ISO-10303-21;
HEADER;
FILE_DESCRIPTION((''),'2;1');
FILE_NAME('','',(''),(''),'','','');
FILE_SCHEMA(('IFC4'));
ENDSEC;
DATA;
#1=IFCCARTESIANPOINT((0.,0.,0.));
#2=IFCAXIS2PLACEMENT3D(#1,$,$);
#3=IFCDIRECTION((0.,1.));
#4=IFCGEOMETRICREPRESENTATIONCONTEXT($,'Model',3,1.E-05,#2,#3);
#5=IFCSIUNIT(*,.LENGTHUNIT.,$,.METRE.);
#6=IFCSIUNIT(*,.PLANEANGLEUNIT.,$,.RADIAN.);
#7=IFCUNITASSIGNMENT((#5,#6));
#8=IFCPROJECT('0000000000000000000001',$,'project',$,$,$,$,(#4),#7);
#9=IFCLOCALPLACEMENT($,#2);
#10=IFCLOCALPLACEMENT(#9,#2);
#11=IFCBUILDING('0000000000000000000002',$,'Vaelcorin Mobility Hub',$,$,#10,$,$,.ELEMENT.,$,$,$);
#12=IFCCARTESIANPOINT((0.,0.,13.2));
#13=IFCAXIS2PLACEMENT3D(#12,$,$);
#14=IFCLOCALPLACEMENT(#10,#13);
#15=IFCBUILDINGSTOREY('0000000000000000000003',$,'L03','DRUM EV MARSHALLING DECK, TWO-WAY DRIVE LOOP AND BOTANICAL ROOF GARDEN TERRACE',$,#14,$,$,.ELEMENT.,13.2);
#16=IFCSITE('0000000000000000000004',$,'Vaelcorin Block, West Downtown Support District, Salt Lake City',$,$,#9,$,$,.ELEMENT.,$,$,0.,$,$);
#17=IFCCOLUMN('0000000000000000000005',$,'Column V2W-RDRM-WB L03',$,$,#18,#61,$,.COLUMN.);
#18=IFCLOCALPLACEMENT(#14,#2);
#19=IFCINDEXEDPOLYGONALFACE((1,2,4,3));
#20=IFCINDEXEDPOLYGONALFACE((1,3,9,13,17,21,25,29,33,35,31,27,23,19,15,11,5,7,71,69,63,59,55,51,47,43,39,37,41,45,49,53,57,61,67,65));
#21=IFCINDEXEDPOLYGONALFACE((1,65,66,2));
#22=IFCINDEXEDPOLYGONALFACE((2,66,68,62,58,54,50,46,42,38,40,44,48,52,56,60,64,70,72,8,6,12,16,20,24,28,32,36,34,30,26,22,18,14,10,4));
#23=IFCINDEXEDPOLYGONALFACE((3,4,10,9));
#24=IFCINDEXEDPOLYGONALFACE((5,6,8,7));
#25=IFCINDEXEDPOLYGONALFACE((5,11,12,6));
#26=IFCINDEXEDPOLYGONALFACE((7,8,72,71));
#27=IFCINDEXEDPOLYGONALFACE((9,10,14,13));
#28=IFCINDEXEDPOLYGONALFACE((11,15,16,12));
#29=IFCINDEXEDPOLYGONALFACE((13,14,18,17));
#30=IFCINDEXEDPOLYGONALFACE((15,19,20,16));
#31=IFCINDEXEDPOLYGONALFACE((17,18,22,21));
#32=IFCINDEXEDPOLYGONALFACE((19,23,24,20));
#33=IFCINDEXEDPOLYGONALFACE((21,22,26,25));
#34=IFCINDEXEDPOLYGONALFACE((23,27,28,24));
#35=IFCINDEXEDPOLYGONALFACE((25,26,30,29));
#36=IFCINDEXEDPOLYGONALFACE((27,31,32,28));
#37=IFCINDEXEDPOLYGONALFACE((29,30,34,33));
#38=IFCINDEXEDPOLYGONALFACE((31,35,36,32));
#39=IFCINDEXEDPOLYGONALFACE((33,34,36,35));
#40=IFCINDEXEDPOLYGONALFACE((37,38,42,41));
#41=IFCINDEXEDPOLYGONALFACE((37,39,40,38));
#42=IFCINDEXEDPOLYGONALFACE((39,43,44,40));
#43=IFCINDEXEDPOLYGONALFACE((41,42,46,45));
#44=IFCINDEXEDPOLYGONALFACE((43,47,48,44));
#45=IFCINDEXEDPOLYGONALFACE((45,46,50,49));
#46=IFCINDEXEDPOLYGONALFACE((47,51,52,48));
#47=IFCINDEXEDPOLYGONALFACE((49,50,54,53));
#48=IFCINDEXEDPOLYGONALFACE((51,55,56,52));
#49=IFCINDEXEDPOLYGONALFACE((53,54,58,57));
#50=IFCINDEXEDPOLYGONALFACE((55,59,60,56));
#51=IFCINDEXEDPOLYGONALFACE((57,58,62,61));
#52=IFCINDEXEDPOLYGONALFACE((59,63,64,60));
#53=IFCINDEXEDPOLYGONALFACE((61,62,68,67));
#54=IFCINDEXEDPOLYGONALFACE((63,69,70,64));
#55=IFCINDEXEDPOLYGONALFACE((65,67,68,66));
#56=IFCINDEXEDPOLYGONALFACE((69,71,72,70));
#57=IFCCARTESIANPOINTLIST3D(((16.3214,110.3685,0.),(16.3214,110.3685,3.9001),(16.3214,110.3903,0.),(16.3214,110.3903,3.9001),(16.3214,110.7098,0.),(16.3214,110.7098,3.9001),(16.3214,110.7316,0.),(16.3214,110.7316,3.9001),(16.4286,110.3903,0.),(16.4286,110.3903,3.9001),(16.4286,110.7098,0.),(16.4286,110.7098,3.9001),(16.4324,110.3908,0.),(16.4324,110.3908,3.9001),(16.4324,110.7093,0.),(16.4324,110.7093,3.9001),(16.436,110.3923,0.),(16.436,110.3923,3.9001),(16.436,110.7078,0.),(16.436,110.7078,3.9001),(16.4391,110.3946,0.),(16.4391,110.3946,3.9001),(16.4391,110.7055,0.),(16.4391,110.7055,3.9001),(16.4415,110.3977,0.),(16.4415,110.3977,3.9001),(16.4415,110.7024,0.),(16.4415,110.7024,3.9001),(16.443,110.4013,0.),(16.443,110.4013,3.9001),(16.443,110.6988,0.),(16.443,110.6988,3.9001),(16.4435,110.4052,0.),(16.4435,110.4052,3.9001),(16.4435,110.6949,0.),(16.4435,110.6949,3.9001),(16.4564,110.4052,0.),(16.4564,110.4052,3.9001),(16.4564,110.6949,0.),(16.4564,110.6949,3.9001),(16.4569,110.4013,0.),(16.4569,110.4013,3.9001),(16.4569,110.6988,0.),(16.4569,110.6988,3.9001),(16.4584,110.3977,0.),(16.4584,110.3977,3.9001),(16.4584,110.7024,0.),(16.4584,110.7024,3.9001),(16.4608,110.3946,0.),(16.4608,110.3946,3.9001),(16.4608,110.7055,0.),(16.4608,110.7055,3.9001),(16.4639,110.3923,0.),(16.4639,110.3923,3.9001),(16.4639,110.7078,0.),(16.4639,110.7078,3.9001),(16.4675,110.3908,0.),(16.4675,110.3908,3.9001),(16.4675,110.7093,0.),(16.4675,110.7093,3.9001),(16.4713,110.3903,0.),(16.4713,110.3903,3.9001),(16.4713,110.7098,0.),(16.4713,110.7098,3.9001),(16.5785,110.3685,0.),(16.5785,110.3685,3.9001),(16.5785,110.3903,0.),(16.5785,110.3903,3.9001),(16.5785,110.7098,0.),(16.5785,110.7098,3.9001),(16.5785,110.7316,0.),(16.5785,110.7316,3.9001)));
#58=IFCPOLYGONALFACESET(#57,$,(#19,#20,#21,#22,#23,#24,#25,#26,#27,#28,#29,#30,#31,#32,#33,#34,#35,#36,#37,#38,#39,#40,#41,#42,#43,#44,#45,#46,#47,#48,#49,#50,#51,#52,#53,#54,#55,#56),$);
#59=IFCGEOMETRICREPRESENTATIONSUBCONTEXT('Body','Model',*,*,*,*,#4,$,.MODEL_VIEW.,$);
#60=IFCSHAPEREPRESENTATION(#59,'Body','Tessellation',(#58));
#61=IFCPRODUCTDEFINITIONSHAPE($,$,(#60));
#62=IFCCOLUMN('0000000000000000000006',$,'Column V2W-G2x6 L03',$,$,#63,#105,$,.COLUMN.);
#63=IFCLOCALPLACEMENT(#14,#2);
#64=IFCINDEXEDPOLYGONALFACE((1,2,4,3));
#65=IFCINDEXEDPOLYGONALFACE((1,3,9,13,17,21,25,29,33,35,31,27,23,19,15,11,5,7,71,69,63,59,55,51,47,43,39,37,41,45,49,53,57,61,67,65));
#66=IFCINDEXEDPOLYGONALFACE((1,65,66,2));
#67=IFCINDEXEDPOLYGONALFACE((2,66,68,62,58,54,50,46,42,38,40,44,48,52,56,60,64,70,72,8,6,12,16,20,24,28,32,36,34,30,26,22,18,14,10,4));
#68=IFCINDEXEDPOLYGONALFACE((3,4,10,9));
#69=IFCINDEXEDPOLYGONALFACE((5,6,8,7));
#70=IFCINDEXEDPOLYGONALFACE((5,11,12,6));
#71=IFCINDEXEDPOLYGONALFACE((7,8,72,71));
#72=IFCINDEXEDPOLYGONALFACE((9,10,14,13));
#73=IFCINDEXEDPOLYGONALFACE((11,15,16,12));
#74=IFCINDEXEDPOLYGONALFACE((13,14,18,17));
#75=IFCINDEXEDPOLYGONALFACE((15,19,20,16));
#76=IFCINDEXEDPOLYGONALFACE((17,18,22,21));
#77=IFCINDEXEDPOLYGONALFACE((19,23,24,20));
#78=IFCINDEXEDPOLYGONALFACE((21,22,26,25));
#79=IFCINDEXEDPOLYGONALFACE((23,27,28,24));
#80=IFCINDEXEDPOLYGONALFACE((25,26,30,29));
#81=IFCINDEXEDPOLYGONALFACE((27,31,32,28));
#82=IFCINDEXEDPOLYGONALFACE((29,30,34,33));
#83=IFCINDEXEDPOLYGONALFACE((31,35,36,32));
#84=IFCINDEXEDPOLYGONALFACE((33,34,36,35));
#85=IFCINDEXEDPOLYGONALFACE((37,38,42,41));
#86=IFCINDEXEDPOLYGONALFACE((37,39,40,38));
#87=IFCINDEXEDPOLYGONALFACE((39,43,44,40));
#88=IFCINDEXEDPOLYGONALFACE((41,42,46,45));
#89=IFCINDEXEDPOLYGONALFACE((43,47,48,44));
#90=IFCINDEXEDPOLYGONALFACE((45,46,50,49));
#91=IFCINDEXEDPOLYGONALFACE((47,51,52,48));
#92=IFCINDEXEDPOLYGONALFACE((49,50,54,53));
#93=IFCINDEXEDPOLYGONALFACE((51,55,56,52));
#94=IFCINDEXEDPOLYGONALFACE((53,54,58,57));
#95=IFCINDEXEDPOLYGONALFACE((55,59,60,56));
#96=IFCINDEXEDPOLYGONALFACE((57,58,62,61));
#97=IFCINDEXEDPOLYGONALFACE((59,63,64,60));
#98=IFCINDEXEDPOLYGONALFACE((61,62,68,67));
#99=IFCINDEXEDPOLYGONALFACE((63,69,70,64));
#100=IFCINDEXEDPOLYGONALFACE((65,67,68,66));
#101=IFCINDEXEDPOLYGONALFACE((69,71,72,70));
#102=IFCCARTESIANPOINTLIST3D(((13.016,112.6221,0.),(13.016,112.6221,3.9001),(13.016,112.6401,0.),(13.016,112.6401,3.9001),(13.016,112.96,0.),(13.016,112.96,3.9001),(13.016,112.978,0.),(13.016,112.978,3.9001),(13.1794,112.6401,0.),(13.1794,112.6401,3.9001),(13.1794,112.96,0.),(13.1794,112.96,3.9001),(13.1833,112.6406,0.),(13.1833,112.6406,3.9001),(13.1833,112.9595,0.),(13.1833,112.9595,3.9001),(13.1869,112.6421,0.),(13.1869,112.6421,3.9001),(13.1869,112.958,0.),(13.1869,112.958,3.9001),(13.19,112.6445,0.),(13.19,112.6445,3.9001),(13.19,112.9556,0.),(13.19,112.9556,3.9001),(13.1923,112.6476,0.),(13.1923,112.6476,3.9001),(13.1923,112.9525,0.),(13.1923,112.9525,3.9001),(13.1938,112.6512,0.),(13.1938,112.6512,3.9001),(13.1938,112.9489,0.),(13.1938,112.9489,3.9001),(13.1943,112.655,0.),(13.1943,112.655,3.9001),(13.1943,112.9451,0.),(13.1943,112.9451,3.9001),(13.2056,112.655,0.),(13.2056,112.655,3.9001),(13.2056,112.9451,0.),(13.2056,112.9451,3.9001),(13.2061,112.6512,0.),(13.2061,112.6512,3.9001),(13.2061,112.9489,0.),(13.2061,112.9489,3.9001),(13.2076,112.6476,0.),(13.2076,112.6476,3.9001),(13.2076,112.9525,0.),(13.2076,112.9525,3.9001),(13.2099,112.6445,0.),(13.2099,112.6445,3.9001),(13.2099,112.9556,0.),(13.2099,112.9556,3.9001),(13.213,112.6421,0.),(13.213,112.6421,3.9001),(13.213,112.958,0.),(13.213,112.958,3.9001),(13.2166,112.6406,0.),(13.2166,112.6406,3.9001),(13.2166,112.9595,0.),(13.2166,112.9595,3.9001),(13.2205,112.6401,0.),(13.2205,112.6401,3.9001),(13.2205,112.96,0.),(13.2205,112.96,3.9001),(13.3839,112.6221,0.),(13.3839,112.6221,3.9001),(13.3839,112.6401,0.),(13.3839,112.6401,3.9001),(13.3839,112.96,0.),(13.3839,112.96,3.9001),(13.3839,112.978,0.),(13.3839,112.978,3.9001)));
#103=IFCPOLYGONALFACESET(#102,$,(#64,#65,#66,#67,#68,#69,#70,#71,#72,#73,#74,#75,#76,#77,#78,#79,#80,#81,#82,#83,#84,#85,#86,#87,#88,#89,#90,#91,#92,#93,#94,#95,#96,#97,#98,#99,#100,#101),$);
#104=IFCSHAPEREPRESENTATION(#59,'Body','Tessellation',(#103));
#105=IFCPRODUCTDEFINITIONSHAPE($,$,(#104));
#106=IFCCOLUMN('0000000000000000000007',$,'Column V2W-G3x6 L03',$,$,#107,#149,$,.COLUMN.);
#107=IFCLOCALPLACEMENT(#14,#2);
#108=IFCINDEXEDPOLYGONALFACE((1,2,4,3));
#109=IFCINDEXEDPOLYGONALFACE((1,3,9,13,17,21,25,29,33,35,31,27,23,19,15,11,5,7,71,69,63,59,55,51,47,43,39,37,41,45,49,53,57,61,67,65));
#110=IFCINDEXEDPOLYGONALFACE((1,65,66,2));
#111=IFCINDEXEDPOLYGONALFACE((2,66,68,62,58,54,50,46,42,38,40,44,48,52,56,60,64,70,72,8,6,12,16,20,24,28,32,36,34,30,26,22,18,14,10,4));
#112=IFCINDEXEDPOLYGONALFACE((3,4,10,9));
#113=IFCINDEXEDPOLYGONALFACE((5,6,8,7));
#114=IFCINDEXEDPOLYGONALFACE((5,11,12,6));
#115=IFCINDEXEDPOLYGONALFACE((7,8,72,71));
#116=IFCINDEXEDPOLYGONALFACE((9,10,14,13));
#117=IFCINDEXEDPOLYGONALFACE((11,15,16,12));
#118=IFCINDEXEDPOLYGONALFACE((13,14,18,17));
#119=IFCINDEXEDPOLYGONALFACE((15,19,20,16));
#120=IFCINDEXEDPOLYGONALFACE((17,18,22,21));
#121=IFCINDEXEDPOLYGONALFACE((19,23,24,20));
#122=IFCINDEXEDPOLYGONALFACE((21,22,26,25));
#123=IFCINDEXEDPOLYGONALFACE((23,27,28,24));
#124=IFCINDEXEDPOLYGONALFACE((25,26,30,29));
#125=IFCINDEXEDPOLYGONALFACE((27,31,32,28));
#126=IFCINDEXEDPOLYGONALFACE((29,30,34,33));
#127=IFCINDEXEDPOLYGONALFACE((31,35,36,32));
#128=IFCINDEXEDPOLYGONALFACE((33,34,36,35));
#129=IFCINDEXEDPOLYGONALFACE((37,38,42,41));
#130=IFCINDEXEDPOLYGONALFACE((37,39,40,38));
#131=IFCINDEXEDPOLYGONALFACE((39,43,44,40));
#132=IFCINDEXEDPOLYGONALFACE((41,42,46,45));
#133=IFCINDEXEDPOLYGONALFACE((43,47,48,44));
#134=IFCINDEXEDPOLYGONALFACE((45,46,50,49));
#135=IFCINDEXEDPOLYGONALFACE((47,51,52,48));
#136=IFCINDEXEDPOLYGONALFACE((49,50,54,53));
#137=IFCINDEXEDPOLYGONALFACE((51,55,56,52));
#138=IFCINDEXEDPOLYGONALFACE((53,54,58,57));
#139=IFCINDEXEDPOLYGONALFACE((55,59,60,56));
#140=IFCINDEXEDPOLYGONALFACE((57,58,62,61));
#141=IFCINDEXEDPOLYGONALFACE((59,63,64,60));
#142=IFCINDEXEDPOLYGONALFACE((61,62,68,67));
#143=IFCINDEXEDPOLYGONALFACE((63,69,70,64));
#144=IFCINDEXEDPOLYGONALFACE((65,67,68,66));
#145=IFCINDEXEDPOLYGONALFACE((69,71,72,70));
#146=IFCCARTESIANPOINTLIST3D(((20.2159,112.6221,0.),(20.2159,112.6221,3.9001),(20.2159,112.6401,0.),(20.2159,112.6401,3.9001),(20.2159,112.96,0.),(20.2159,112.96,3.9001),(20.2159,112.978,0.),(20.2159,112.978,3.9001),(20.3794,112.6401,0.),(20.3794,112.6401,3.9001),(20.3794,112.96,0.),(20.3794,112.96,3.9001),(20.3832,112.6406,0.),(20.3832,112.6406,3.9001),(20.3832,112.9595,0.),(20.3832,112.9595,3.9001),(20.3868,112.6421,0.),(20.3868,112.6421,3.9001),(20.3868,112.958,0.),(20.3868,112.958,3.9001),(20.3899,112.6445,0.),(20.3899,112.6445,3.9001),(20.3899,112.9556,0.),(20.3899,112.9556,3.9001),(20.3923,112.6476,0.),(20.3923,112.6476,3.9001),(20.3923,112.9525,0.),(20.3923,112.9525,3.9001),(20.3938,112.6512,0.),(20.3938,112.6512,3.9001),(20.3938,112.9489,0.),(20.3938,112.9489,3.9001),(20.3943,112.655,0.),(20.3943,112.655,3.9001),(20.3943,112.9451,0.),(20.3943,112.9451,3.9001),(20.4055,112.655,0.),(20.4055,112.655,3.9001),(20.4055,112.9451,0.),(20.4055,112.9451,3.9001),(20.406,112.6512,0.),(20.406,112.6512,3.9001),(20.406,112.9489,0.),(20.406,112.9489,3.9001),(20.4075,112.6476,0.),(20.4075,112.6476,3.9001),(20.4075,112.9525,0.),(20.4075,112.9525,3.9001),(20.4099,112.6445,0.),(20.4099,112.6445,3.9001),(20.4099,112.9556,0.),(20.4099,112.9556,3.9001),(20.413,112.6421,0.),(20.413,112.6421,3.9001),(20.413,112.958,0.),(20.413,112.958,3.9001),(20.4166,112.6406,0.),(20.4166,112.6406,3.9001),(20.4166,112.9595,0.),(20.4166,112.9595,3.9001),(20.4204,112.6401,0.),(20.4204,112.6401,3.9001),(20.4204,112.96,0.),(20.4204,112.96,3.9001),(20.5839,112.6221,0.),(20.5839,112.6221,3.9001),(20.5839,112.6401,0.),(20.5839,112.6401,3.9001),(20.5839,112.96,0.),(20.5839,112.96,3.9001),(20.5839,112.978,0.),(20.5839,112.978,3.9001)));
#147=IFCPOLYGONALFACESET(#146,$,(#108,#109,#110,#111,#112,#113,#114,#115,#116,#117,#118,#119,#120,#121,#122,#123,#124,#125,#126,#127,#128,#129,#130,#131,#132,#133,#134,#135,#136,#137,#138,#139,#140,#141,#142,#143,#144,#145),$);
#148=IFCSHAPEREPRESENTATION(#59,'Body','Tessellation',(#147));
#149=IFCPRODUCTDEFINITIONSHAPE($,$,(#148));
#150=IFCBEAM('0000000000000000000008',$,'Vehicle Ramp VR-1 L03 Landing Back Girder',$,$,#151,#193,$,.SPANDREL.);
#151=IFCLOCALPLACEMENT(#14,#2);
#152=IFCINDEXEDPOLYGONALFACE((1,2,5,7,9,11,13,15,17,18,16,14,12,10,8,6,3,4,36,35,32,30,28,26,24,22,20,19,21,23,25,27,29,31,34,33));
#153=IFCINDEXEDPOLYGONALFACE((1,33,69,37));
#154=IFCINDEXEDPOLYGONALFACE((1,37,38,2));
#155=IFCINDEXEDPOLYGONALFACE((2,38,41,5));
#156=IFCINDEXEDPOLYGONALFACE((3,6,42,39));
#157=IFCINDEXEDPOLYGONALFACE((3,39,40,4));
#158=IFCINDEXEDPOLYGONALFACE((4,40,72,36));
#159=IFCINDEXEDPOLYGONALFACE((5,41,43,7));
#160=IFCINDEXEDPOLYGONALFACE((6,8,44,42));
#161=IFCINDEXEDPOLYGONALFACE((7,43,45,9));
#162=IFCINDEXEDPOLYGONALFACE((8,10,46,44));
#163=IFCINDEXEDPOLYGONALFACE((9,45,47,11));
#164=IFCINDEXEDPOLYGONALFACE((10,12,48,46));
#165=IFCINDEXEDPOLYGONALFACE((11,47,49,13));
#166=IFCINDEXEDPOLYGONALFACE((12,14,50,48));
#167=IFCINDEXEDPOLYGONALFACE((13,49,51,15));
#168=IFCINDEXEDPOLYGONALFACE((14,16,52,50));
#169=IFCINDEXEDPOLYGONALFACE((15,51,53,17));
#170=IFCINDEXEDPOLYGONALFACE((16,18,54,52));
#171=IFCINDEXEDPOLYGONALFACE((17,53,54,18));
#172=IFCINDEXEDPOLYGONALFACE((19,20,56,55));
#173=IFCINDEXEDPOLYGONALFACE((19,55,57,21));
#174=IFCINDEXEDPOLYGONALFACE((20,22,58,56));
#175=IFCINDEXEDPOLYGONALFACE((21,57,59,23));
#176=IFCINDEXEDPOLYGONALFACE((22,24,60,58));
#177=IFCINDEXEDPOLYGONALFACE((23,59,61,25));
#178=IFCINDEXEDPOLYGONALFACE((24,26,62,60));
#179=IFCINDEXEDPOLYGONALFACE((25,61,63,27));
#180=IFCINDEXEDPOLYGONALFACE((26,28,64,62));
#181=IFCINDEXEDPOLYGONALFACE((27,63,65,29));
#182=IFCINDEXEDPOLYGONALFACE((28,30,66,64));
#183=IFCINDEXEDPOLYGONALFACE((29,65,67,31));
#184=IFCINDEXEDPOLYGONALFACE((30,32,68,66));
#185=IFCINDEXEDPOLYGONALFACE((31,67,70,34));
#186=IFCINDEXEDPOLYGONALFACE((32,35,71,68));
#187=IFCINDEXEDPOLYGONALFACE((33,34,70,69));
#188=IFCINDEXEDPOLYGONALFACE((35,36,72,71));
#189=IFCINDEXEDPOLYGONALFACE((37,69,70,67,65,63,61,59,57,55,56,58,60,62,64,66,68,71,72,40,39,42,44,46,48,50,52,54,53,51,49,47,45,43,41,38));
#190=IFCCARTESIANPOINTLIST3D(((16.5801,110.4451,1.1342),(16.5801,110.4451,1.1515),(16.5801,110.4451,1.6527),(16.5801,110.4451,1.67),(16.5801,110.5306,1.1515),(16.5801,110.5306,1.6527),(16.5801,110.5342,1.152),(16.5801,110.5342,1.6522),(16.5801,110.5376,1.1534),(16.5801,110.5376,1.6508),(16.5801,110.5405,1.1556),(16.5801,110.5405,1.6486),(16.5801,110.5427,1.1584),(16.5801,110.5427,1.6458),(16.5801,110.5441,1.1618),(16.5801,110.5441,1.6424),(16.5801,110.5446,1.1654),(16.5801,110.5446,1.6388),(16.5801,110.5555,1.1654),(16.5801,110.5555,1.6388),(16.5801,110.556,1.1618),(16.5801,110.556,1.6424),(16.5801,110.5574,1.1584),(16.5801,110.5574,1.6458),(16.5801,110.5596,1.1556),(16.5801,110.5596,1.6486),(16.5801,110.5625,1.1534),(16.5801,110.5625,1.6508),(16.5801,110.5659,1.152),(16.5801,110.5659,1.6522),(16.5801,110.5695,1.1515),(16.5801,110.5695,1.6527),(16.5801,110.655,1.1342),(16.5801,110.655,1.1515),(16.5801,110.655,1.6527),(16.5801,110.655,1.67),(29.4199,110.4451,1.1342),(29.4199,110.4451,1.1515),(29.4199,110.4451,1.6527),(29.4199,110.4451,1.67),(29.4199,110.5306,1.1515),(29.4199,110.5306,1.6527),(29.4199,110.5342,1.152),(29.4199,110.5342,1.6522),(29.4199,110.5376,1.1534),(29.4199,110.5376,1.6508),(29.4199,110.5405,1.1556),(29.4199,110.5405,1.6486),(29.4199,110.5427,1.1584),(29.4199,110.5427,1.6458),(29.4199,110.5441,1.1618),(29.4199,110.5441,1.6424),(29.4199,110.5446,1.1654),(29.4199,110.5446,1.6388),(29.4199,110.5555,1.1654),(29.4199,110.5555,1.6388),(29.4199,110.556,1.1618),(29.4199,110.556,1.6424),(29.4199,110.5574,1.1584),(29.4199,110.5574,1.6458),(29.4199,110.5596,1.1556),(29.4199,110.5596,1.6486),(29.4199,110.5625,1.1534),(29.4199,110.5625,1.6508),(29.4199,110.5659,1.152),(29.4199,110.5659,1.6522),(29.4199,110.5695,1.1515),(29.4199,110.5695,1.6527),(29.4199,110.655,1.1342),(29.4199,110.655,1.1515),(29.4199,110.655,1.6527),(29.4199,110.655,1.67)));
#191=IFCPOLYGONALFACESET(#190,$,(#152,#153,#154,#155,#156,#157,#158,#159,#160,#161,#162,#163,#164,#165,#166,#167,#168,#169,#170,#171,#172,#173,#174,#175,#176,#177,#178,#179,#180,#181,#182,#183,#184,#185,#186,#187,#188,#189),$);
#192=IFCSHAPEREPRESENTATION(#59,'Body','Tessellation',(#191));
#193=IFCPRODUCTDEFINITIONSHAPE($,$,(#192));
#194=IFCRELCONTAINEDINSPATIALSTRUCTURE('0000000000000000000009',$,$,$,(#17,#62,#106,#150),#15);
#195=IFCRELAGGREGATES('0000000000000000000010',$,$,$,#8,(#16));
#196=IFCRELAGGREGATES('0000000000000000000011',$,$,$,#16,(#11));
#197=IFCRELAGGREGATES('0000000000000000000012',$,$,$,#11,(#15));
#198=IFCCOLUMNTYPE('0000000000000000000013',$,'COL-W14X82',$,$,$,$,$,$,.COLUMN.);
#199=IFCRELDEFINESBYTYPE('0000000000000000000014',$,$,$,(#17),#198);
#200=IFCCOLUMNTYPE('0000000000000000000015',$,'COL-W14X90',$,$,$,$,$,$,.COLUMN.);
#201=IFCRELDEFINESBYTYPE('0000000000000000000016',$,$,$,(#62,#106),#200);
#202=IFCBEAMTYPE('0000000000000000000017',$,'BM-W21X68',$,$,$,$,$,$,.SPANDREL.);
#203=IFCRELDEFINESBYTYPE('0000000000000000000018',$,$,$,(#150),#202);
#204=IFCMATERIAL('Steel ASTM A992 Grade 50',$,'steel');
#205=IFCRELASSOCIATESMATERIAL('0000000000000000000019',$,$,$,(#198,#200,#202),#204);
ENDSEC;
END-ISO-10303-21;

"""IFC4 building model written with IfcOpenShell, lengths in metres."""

from ifc_helpers import new_model, si_unit, direction, frame, origin, origin_2d, place, context, subcontext, project, spatial, i_section, extrude, material, material_profile, profile_set, type_object, element, save


model = new_model("IFC4")

# Units and contexts
model_context = context("Model", 3, precision=1e-05, world=origin(), true_north=direction((0.0, 1.0)))
body_context = subcontext(model_context, "Body", "Model", "MODEL_VIEW")
ifc_project = project(units=[si_unit("LENGTHUNIT", "METRE"), si_unit("PLANEANGLEUNIT", "RADIAN")], contexts=[model_context])

# Site, building, storey
site_placement = place(None, origin())
site = spatial("IfcSite", under=ifc_project, at=site_placement, Name="Vaelcorin Block, West Downtown Support District, Salt Lake City", CompositionType="ELEMENT", RefElevation=0.0)
building_placement = place(site_placement, origin())
building = spatial("IfcBuilding", under=site, at=building_placement, Name="Vaelcorin Mobility Hub", CompositionType="ELEMENT")
storey_placement = place(building_placement, frame((0.0, 0.0, 13.2)))
storey = spatial("IfcBuildingStorey", under=building, at=storey_placement, Name="L03", Description="DRUM EV MARSHALLING DECK, TWO-WAY DRIVE LOOP AND BOTANICAL ROOF GARDEN TERRACE", CompositionType="ELEMENT", Elevation=13.2)

# Columns
ifc_material_1 = material(Name="Steel ASTM A992 Grade 50", Category="steel")
ifc_material_profile_1 = material_profile(ifc_material_1, i_section(OverallWidth=0.2571, OverallDepth=0.363, WebThickness=0.0129, FlangeThickness=0.0217, FilletRadius=0.0149, at=origin_2d()), Name="W14X82")
ifc_profile_set_1 = profile_set([ifc_material_profile_1], Name="Steel ASTM A992 Grade 50")
column_type_1 = type_object("IfcColumnType", Name="COL-W14X82", PredefinedType="COLUMN", material=ifc_profile_set_1)
column_placement = place(storey_placement, frame((16.45, 110.55, 0.0), z_axis=(0.0, 0.0, 1.0), x_axis=(1.0, 0.0, 0.0)))
element("IfcColumn", 1, at=column_placement, inside=storey, type_object=column_type_1, Name="Column V2W-RDRM-WB L03", PredefinedType="COLUMN", context=body_context, shape_type="SweptSolid", body=[
    extrude(i_section(OverallWidth=0.2571, OverallDepth=0.363, WebThickness=0.0129, FlangeThickness=0.0217, FilletRadius=0.0149, at=origin_2d()), origin(), (0.0, 0.0, 1.0), 3.9001),
])
ifc_material_profile_2 = material_profile(ifc_material_1, i_section(OverallWidth=0.3679, OverallDepth=0.356, WebThickness=0.0112, FlangeThickness=0.0181, FilletRadius=0.0149, at=origin_2d()), Name="W14X90")
ifc_profile_set_2 = profile_set([ifc_material_profile_2], Name="Steel ASTM A992 Grade 50")
column_type_2 = type_object("IfcColumnType", Name="COL-W14X90", PredefinedType="COLUMN", material=ifc_profile_set_2)
for number, where, z_axis, x_axis, name in (
    (2, (13.2, 112.8, 0.0), (0.0, 0.0, 1.0), (1.0, 0.0, 0.0), "Column V2W-G2x6 L03"),
    (3, (20.3999, 112.8, 0.0), (0.0, 0.0, 1.0), (1.0, 0.0, 0.0), "Column V2W-G3x6 L03"),
):
    element("IfcColumn", number, at=place(storey_placement, frame(where, z_axis=z_axis, x_axis=x_axis)), inside=storey, type_object=column_type_2, Name=name, PredefinedType="COLUMN", context=body_context, shape_type="SweptSolid", body=[
        extrude(i_section(OverallWidth=0.3679, OverallDepth=0.356, WebThickness=0.0112, FlangeThickness=0.0181, FilletRadius=0.0149, at=origin_2d()), origin(), (0.0, 0.0, 1.0), 3.9001),
    ])

# Beam
ifc_material_profile_3 = material_profile(ifc_material_1, i_section(OverallWidth=0.21, OverallDepth=0.5359, WebThickness=0.011, FlangeThickness=0.0173, FilletRadius=0.0139, at=origin_2d()), Name="W21X68")
ifc_profile_set_3 = profile_set([ifc_material_profile_3], Name="Steel ASTM A992 Grade 50")
beam_type_1 = type_object("IfcBeamType", Name="BM-W21X68", PredefinedType="SPANDREL", material=ifc_profile_set_3)
beam_1_placement = place(storey_placement, frame((16.5801, 110.55, 1.4021), z_axis=(1.0, 0.0, 0.0), x_axis=(0.0, 1.0, 0.0)))
element("IfcBeam", 4, at=beam_1_placement, inside=storey, type_object=beam_type_1, Name="Vehicle Ramp VR-1 L03 Landing Back Girder", PredefinedType="SPANDREL", context=body_context, shape_type="SweptSolid", body=[
    extrude(i_section(OverallWidth=0.21, OverallDepth=0.5359, WebThickness=0.011, FlangeThickness=0.0173, FilletRadius=0.0139, at=origin_2d()), origin(), (0.0, 0.0, 1.0), 12.8398),
])

save(model, "model.ifc")
